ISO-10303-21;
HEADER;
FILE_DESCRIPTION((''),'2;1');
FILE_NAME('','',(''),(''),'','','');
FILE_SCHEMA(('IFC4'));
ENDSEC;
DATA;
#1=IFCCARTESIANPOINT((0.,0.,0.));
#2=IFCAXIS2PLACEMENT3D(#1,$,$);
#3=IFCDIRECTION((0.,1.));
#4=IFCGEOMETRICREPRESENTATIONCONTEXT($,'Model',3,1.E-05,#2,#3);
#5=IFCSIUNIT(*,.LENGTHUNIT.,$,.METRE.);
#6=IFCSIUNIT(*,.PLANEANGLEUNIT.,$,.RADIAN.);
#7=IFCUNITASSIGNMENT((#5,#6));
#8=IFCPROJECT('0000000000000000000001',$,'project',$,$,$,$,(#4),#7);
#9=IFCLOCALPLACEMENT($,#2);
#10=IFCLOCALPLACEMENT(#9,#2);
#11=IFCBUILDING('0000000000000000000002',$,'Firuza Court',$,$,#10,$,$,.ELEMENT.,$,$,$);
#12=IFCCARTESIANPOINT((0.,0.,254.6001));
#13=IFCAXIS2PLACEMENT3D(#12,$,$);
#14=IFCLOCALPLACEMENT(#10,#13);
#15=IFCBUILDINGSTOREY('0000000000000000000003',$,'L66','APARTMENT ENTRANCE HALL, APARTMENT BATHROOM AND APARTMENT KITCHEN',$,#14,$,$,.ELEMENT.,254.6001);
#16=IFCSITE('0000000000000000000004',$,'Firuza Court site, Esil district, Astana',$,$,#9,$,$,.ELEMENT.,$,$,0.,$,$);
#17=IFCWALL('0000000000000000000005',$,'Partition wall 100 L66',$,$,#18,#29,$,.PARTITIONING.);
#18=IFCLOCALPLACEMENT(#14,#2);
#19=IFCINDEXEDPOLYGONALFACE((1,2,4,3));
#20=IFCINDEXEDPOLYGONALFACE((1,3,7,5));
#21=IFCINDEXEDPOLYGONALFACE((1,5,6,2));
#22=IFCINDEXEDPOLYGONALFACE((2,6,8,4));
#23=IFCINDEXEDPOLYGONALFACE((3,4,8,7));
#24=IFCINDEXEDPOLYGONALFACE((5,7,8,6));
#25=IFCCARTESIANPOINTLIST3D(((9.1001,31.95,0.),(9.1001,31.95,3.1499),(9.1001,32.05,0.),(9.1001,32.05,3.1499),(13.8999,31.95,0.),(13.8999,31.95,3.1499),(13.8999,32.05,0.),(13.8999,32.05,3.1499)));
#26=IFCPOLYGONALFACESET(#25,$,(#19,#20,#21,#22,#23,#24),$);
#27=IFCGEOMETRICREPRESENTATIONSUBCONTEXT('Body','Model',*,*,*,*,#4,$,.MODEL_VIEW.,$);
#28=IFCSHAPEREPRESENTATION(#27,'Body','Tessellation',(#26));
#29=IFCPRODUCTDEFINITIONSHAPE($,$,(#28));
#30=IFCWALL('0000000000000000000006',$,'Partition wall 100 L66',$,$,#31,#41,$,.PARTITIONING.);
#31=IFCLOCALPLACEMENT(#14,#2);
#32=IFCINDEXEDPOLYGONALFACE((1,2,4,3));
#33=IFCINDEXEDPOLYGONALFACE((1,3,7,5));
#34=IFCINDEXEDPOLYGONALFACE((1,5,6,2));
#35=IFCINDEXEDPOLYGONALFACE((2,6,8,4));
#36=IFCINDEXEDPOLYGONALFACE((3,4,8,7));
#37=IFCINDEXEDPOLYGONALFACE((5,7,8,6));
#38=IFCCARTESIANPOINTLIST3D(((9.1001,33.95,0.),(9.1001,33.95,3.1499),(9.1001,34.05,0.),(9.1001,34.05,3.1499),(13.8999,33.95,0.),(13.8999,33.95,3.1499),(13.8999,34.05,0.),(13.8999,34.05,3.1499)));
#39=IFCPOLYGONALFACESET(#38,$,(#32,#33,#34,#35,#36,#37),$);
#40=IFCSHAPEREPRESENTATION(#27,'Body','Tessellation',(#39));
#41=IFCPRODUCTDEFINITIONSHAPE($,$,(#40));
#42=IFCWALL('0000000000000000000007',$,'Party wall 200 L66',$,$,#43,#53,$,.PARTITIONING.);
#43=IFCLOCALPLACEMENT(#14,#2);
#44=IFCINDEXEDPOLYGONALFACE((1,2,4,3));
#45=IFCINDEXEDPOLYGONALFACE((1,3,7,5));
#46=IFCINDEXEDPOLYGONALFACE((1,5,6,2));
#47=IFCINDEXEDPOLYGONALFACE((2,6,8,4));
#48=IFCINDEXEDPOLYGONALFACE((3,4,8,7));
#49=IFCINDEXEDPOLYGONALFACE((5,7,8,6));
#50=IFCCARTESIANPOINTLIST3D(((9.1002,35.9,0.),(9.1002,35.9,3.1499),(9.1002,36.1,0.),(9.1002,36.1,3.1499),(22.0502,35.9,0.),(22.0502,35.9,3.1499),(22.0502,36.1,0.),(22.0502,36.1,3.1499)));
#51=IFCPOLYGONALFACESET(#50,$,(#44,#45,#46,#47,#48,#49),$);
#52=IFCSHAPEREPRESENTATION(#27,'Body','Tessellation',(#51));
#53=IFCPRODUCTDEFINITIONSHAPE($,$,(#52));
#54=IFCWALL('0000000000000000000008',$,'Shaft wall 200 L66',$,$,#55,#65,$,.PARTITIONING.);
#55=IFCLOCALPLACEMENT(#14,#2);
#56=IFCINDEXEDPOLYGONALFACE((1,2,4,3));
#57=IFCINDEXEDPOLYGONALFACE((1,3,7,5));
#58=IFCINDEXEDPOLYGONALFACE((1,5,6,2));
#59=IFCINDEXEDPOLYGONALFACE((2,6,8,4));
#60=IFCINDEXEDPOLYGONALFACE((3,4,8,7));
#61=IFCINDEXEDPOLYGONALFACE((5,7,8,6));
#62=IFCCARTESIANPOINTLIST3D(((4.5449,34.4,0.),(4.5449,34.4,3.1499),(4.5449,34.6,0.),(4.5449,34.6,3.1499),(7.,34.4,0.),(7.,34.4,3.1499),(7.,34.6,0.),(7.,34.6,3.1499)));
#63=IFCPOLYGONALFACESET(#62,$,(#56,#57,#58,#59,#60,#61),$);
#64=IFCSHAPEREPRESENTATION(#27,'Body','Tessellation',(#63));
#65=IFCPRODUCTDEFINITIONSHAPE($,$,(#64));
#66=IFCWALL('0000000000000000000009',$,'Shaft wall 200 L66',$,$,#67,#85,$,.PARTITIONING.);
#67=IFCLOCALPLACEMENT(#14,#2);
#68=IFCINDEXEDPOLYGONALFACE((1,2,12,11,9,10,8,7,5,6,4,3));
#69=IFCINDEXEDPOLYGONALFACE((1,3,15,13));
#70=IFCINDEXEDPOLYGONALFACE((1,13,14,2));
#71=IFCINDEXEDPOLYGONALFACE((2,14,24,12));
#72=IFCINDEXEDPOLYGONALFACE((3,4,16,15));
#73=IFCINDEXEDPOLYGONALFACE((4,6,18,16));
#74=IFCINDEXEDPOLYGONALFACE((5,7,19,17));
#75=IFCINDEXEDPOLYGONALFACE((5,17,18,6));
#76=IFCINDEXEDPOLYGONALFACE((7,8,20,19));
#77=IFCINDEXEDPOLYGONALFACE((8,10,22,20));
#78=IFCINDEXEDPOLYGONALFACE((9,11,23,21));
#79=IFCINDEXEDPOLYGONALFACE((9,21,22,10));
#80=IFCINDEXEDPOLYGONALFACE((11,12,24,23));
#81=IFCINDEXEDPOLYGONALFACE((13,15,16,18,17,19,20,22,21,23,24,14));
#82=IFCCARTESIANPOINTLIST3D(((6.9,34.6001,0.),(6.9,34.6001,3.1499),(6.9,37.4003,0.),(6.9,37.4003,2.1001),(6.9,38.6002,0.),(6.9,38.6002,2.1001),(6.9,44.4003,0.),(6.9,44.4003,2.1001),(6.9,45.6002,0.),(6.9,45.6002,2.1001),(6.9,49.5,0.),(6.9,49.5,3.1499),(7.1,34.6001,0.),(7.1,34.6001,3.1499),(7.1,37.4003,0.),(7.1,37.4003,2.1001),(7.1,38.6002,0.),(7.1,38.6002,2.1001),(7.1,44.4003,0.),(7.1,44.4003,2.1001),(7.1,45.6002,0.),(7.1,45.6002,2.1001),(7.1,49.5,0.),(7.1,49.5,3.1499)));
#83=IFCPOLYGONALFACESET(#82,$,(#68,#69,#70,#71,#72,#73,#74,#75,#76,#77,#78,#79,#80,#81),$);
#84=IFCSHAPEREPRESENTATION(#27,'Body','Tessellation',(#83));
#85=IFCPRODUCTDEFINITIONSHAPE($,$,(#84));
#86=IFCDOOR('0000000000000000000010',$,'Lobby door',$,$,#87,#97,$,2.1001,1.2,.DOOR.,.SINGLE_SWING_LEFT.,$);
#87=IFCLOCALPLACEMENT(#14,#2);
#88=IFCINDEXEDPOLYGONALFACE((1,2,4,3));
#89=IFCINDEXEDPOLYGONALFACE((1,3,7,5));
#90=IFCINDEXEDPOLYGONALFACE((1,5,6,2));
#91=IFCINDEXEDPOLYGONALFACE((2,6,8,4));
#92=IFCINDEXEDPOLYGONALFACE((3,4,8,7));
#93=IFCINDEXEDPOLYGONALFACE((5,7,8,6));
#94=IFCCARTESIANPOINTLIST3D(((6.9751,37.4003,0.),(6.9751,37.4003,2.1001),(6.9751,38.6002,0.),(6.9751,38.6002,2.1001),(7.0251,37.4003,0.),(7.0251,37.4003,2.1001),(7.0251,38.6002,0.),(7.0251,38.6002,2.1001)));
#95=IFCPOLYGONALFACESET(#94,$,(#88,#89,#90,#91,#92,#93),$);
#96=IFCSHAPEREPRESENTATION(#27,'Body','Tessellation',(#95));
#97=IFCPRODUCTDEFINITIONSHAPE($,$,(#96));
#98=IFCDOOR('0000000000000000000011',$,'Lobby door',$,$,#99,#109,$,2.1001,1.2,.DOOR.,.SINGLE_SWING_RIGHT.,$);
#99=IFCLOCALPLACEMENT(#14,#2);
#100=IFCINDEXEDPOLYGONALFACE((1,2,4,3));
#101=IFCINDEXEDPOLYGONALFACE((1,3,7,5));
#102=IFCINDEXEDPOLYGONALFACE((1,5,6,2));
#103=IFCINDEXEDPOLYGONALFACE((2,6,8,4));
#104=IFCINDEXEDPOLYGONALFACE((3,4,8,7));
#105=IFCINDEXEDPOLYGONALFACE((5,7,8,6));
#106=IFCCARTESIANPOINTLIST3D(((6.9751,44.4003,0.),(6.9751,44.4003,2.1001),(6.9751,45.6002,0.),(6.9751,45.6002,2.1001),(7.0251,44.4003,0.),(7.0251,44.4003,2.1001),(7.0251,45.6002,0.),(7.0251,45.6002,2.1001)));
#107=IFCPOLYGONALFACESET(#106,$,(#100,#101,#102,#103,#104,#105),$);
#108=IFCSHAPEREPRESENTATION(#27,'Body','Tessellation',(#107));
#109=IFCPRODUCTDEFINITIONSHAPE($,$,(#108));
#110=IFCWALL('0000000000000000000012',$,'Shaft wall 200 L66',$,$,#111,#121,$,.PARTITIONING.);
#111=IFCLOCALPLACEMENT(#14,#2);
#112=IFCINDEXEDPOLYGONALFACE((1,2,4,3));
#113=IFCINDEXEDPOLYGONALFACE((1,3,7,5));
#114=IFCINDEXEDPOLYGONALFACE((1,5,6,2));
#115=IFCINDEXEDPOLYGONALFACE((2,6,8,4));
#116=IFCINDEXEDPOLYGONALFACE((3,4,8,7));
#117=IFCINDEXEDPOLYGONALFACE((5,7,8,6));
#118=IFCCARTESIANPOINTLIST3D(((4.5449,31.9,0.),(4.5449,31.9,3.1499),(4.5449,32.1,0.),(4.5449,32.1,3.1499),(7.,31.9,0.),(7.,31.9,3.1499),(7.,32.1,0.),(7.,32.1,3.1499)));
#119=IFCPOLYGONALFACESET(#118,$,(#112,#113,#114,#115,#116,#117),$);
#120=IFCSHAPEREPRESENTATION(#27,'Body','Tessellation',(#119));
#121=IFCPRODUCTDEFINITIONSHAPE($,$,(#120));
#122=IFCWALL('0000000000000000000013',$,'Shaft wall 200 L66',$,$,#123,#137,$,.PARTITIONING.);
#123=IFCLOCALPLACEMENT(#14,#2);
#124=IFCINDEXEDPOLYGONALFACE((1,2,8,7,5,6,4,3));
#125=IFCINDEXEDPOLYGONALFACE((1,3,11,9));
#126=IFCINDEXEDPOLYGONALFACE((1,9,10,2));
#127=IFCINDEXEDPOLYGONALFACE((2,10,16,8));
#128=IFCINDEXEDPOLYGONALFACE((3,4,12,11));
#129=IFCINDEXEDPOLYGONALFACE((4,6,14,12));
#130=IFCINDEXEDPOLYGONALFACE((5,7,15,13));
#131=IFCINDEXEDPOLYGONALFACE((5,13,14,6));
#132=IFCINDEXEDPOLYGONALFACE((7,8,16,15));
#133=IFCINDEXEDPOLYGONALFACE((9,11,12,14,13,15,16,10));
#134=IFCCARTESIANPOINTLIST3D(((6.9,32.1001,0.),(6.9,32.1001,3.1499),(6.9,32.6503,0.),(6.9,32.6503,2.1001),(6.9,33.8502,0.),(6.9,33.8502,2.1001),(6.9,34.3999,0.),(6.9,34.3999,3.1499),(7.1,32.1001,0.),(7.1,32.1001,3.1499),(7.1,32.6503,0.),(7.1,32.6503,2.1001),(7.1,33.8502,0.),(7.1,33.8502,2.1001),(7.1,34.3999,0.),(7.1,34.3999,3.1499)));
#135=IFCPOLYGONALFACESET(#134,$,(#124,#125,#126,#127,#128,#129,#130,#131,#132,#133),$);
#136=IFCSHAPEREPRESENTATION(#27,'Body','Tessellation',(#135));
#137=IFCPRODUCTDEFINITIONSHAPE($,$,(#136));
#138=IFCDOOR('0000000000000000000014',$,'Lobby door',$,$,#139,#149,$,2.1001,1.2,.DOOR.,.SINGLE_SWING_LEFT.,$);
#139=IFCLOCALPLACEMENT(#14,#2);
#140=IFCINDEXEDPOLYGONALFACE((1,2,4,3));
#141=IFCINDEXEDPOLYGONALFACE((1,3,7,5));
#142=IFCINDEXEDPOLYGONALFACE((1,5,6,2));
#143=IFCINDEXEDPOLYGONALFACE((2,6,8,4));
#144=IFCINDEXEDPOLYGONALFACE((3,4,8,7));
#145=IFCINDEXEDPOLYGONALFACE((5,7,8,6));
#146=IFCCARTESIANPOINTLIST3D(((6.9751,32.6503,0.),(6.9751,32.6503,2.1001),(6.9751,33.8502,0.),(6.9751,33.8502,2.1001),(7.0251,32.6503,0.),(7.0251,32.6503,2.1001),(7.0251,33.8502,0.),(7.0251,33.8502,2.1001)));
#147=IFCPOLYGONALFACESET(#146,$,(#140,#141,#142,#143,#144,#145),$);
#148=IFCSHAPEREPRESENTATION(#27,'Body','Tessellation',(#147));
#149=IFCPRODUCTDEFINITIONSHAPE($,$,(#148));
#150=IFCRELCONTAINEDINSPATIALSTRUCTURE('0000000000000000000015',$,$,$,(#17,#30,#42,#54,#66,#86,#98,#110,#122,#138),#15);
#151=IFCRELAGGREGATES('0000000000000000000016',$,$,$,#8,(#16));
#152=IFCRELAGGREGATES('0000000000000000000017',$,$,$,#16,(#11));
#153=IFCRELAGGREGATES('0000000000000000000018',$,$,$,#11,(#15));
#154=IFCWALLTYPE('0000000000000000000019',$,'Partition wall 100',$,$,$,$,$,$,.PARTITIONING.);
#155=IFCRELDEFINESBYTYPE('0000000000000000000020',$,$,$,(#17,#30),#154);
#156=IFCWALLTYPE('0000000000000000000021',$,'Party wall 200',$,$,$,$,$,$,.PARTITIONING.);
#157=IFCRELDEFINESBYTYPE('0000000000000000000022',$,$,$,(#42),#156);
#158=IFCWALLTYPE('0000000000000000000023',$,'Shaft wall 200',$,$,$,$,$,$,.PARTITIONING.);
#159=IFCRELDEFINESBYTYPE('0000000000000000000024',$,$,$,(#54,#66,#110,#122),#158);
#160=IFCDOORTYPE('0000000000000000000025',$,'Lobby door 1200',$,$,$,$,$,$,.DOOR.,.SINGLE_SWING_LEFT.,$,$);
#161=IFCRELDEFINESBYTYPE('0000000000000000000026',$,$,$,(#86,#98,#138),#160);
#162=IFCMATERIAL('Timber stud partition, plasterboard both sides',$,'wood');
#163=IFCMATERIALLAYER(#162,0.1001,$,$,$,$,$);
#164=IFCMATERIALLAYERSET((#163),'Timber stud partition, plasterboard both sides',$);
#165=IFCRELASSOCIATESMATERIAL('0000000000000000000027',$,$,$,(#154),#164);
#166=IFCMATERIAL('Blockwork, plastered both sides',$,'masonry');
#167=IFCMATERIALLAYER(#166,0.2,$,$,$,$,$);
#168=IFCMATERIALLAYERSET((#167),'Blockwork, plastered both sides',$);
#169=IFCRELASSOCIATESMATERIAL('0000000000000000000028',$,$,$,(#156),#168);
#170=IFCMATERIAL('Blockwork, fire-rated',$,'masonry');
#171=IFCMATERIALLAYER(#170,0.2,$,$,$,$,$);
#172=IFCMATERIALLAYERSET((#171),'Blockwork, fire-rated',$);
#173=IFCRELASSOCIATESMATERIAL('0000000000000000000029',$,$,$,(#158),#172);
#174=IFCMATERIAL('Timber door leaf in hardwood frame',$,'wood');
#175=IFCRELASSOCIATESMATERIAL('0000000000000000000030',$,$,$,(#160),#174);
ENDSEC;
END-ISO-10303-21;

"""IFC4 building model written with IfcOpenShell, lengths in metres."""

from ifc_helpers import new_model, si_unit, direction, frame, frame_2d, origin, place, context, subcontext, project, spatial, rectangle, extrude, material, layer, layer_set, type_object, element, fill, save


model = new_model("IFC4")

# Units and contexts
model_context = context("Model", 3, precision=1e-05, world=origin(), true_north=direction((0.0, 1.0)))
body_context = subcontext(model_context, "Body", "Model", "MODEL_VIEW")
ifc_project = project(units=[si_unit("LENGTHUNIT", "METRE"), si_unit("PLANEANGLEUNIT", "RADIAN")], contexts=[model_context])

# Site, building, storey
site_placement = place(None, origin())
site = spatial("IfcSite", under=ifc_project, at=site_placement, Name="Firuza Court site, Esil district, Astana", CompositionType="ELEMENT", RefElevation=0.0)
building_placement = place(site_placement, origin())
building = spatial("IfcBuilding", under=site, at=building_placement, Name="Firuza Court", CompositionType="ELEMENT")
storey_placement = place(building_placement, frame((0.0, 0.0, 254.6001)))
storey = spatial("IfcBuildingStorey", under=building, at=storey_placement, Name="L66", Description="APARTMENT ENTRANCE HALL, APARTMENT BATHROOM AND APARTMENT KITCHEN", CompositionType="ELEMENT", Elevation=254.6001)

# Shared definitions
ifc_material_1 = material(Name="Blockwork, plastered both sides", Category="masonry")

# Walls
ifc_material_2 = material(Name="Timber stud partition, plasterboard both sides", Category="wood")
ifc_layer_1 = layer(ifc_material_2, 0.1001)
ifc_layer_set_1 = layer_set([ifc_layer_1], Name="Timber stud partition, plasterboard both sides")
wall_type_1 = type_object("IfcWallType", Name="Partition wall 100", PredefinedType="PARTITIONING", material=ifc_layer_set_1)
for number, where, z_axis, x_axis, name in (
    (1, (9.1001, 32.0, 0.0), (0.0, 0.0, 1.0), (1.0, 0.0, 0.0), "Partition wall 100 L66"),
    (2, (9.1001, 34.0, 0.0), (0.0, 0.0, 1.0), (1.0, 0.0, 0.0), "Partition wall 100 L66"),
):
    element("IfcWall", number, at=place(storey_placement, frame(where, z_axis=z_axis, x_axis=x_axis)), inside=storey, type_object=wall_type_1, Name=name, PredefinedType="PARTITIONING", context=body_context, shape_type="SweptSolid", body=[
        extrude(rectangle(XDim=4.7998, YDim=0.1001, at=frame_2d((2.3999, 0.0))), origin(), (0.0, 0.0, 1.0), 3.1499),
    ])
ifc_layer_2 = layer(ifc_material_1, 0.2)
ifc_layer_set_2 = layer_set([ifc_layer_2], Name="Blockwork, plastered both sides")
wall_type_2 = type_object("IfcWallType", Name="Party wall 200", PredefinedType="PARTITIONING", material=ifc_layer_set_2)
wall_1_placement = place(storey_placement, frame((9.1001, 36.0, 0.0), z_axis=(0.0, 0.0, 1.0), x_axis=(1.0, 0.0, 0.0)))
element("IfcWall", 3, at=wall_1_placement, inside=storey, type_object=wall_type_2, Name="Party wall 200 L66", PredefinedType="PARTITIONING", context=body_context, shape_type="SweptSolid", body=[
    extrude(rectangle(XDim=12.95, YDim=0.2, at=frame_2d((6.4751, 0.0))), origin(), (0.0, 0.0, 1.0), 3.1499),
])
ifc_material_3 = material(Name="Blockwork, fire-rated", Category="masonry")
ifc_layer_3 = layer(ifc_material_3, 0.2)
ifc_layer_set_3 = layer_set([ifc_layer_3], Name="Blockwork, fire-rated")
wall_type_3 = type_object("IfcWallType", Name="Shaft wall 200", PredefinedType="PARTITIONING", material=ifc_layer_set_3)
wall_2_placement = place(storey_placement, frame((4.5449, 34.5, 0.0), z_axis=(0.0, 0.0, 1.0), x_axis=(1.0, 0.0, 0.0)))
element("IfcWall", 4, at=wall_2_placement, inside=storey, type_object=wall_type_3, Name="Shaft wall 200 L66", PredefinedType="PARTITIONING", context=body_context, shape_type="SweptSolid", body=[
    extrude(rectangle(XDim=2.4551, YDim=0.2, at=frame_2d((1.2275, 0.0))), origin(), (0.0, 0.0, 1.0), 3.1499),
])

# Wall, openings, doors
wall_3_placement = place(storey_placement, frame((7.0, 34.6001, 0.0), z_axis=(0.0, 0.0, 1.0), x_axis=(0.0, 1.0, 0.0)))
wall_3 = element("IfcWall", 5, at=wall_3_placement, inside=storey, type_object=wall_type_3, Name="Shaft wall 200 L66", PredefinedType="PARTITIONING", context=body_context, shape_type="SweptSolid", body=[
    extrude(rectangle(XDim=14.8999, YDim=0.2, at=frame_2d((7.45, 0.0))), origin(), (0.0, 0.0, 1.0), 3.1499),
])
opening_1_placement = place(wall_3_placement, frame((2.8, 0.0, 0.0)))
opening_1 = element("IfcOpeningElement", 6, at=opening_1_placement, cuts=wall_3, PredefinedType="OPENING", context=body_context, shape_type="SweptSolid", body=[
    extrude(rectangle(XDim=1.2, YDim=2.1001, at=frame_2d((0.6001, 1.05))), frame((0.0, 0.1118, 0.0), z_axis=(0.0, -1.0, 0.0), x_axis=(1.0, 0.0, 0.0)), (0.0, 0.0, 1.0), 0.2239),
])
opening_2_placement = place(wall_3_placement, frame((9.8, 0.0, 0.0)))
opening_2 = element("IfcOpeningElement", 7, at=opening_2_placement, cuts=wall_3, PredefinedType="OPENING", context=body_context, shape_type="SweptSolid", body=[
    extrude(rectangle(XDim=1.2, YDim=2.1001, at=frame_2d((0.6001, 1.05))), frame((0.0, 0.1118, 0.0), z_axis=(0.0, -1.0, 0.0), x_axis=(1.0, 0.0, 0.0)), (0.0, 0.0, 1.0), 0.2239),
])
ifc_material_4 = material(Name="Timber door leaf in hardwood frame", Category="wood")
door_type_1 = type_object("IfcDoorType", Name="Lobby door 1200", OperationType="SINGLE_SWING_LEFT", PredefinedType="DOOR", material=ifc_material_4)
door_1_placement = place(opening_1_placement, origin())
door_1 = element("IfcDoor", 8, at=door_1_placement, inside=storey, type_object=door_type_1, Name="Lobby door", OperationType="SINGLE_SWING_LEFT", OverallHeight=2.1001, OverallWidth=1.2, PredefinedType="DOOR", context=body_context, shape_type="SweptSolid", body=[
    extrude(rectangle(XDim=1.2, YDim=2.1001, at=frame_2d((0.6001, 1.05))), frame((0.0, 0.0249, 0.0), z_axis=(0.0, -1.0, 0.0), x_axis=(1.0, 0.0, 0.0)), (0.0, 0.0, 1.0), 0.05),
])
fill(opening_1, door_1)
door_2_placement = place(opening_2_placement, origin())
door_2 = element("IfcDoor", 9, at=door_2_placement, inside=storey, type_object=door_type_1, Name="Lobby door", OperationType="SINGLE_SWING_RIGHT", OverallHeight=2.1001, OverallWidth=1.2, PredefinedType="DOOR", context=body_context, shape_type="SweptSolid", body=[
    extrude(rectangle(XDim=1.2, YDim=2.1001, at=frame_2d((0.6001, 1.05))), frame((0.0, 0.0249, 0.0), z_axis=(0.0, -1.0, 0.0), x_axis=(1.0, 0.0, 0.0)), (0.0, 0.0, 1.0), 0.05),
])
fill(opening_2, door_2)

# Wall
wall_4_placement = place(storey_placement, frame((4.5449, 32.0, 0.0), z_axis=(0.0, 0.0, 1.0), x_axis=(1.0, 0.0, 0.0)))
element("IfcWall", 10, at=wall_4_placement, inside=storey, type_object=wall_type_3, Name="Shaft wall 200 L66", PredefinedType="PARTITIONING", context=body_context, shape_type="SweptSolid", body=[
    extrude(rectangle(XDim=2.4551, YDim=0.2, at=frame_2d((1.2275, 0.0))), origin(), (0.0, 0.0, 1.0), 3.1499),
])

# Wall, opening, door
wall_5_placement = place(storey_placement, frame((7.0, 32.1001, 0.0), z_axis=(0.0, 0.0, 1.0), x_axis=(0.0, 1.0, 0.0)))
wall_5 = element("IfcWall", 11, at=wall_5_placement, inside=storey, type_object=wall_type_3, Name="Shaft wall 200 L66", PredefinedType="PARTITIONING", context=body_context, shape_type="SweptSolid", body=[
    extrude(rectangle(XDim=2.2998, YDim=0.2, at=frame_2d((1.1499, 0.0))), origin(), (0.0, 0.0, 1.0), 3.1499),
])
opening_3_placement = place(wall_5_placement, frame((0.55, 0.0, 0.0)))
opening_3 = element("IfcOpeningElement", 12, at=opening_3_placement, cuts=wall_5, PredefinedType="OPENING", context=body_context, shape_type="SweptSolid", body=[
    extrude(rectangle(XDim=1.2, YDim=2.1001, at=frame_2d((0.6001, 1.05))), frame((0.0, 0.1118, 0.0), z_axis=(0.0, -1.0, 0.0), x_axis=(1.0, 0.0, 0.0)), (0.0, 0.0, 1.0), 0.2239),
])
door_3_placement = place(opening_3_placement, origin())
door_3 = element("IfcDoor", 13, at=door_3_placement, inside=storey, type_object=door_type_1, Name="Lobby door", OperationType="SINGLE_SWING_LEFT", OverallHeight=2.1001, OverallWidth=1.2, PredefinedType="DOOR", context=body_context, shape_type="SweptSolid", body=[
    extrude(rectangle(XDim=1.2, YDim=2.1001, at=frame_2d((0.6001, 1.05))), frame((0.0, 0.0249, 0.0), z_axis=(0.0, -1.0, 0.0), x_axis=(1.0, 0.0, 0.0)), (0.0, 0.0, 1.0), 0.05),
])
fill(opening_3, door_3)

save(model, "model.ifc")
